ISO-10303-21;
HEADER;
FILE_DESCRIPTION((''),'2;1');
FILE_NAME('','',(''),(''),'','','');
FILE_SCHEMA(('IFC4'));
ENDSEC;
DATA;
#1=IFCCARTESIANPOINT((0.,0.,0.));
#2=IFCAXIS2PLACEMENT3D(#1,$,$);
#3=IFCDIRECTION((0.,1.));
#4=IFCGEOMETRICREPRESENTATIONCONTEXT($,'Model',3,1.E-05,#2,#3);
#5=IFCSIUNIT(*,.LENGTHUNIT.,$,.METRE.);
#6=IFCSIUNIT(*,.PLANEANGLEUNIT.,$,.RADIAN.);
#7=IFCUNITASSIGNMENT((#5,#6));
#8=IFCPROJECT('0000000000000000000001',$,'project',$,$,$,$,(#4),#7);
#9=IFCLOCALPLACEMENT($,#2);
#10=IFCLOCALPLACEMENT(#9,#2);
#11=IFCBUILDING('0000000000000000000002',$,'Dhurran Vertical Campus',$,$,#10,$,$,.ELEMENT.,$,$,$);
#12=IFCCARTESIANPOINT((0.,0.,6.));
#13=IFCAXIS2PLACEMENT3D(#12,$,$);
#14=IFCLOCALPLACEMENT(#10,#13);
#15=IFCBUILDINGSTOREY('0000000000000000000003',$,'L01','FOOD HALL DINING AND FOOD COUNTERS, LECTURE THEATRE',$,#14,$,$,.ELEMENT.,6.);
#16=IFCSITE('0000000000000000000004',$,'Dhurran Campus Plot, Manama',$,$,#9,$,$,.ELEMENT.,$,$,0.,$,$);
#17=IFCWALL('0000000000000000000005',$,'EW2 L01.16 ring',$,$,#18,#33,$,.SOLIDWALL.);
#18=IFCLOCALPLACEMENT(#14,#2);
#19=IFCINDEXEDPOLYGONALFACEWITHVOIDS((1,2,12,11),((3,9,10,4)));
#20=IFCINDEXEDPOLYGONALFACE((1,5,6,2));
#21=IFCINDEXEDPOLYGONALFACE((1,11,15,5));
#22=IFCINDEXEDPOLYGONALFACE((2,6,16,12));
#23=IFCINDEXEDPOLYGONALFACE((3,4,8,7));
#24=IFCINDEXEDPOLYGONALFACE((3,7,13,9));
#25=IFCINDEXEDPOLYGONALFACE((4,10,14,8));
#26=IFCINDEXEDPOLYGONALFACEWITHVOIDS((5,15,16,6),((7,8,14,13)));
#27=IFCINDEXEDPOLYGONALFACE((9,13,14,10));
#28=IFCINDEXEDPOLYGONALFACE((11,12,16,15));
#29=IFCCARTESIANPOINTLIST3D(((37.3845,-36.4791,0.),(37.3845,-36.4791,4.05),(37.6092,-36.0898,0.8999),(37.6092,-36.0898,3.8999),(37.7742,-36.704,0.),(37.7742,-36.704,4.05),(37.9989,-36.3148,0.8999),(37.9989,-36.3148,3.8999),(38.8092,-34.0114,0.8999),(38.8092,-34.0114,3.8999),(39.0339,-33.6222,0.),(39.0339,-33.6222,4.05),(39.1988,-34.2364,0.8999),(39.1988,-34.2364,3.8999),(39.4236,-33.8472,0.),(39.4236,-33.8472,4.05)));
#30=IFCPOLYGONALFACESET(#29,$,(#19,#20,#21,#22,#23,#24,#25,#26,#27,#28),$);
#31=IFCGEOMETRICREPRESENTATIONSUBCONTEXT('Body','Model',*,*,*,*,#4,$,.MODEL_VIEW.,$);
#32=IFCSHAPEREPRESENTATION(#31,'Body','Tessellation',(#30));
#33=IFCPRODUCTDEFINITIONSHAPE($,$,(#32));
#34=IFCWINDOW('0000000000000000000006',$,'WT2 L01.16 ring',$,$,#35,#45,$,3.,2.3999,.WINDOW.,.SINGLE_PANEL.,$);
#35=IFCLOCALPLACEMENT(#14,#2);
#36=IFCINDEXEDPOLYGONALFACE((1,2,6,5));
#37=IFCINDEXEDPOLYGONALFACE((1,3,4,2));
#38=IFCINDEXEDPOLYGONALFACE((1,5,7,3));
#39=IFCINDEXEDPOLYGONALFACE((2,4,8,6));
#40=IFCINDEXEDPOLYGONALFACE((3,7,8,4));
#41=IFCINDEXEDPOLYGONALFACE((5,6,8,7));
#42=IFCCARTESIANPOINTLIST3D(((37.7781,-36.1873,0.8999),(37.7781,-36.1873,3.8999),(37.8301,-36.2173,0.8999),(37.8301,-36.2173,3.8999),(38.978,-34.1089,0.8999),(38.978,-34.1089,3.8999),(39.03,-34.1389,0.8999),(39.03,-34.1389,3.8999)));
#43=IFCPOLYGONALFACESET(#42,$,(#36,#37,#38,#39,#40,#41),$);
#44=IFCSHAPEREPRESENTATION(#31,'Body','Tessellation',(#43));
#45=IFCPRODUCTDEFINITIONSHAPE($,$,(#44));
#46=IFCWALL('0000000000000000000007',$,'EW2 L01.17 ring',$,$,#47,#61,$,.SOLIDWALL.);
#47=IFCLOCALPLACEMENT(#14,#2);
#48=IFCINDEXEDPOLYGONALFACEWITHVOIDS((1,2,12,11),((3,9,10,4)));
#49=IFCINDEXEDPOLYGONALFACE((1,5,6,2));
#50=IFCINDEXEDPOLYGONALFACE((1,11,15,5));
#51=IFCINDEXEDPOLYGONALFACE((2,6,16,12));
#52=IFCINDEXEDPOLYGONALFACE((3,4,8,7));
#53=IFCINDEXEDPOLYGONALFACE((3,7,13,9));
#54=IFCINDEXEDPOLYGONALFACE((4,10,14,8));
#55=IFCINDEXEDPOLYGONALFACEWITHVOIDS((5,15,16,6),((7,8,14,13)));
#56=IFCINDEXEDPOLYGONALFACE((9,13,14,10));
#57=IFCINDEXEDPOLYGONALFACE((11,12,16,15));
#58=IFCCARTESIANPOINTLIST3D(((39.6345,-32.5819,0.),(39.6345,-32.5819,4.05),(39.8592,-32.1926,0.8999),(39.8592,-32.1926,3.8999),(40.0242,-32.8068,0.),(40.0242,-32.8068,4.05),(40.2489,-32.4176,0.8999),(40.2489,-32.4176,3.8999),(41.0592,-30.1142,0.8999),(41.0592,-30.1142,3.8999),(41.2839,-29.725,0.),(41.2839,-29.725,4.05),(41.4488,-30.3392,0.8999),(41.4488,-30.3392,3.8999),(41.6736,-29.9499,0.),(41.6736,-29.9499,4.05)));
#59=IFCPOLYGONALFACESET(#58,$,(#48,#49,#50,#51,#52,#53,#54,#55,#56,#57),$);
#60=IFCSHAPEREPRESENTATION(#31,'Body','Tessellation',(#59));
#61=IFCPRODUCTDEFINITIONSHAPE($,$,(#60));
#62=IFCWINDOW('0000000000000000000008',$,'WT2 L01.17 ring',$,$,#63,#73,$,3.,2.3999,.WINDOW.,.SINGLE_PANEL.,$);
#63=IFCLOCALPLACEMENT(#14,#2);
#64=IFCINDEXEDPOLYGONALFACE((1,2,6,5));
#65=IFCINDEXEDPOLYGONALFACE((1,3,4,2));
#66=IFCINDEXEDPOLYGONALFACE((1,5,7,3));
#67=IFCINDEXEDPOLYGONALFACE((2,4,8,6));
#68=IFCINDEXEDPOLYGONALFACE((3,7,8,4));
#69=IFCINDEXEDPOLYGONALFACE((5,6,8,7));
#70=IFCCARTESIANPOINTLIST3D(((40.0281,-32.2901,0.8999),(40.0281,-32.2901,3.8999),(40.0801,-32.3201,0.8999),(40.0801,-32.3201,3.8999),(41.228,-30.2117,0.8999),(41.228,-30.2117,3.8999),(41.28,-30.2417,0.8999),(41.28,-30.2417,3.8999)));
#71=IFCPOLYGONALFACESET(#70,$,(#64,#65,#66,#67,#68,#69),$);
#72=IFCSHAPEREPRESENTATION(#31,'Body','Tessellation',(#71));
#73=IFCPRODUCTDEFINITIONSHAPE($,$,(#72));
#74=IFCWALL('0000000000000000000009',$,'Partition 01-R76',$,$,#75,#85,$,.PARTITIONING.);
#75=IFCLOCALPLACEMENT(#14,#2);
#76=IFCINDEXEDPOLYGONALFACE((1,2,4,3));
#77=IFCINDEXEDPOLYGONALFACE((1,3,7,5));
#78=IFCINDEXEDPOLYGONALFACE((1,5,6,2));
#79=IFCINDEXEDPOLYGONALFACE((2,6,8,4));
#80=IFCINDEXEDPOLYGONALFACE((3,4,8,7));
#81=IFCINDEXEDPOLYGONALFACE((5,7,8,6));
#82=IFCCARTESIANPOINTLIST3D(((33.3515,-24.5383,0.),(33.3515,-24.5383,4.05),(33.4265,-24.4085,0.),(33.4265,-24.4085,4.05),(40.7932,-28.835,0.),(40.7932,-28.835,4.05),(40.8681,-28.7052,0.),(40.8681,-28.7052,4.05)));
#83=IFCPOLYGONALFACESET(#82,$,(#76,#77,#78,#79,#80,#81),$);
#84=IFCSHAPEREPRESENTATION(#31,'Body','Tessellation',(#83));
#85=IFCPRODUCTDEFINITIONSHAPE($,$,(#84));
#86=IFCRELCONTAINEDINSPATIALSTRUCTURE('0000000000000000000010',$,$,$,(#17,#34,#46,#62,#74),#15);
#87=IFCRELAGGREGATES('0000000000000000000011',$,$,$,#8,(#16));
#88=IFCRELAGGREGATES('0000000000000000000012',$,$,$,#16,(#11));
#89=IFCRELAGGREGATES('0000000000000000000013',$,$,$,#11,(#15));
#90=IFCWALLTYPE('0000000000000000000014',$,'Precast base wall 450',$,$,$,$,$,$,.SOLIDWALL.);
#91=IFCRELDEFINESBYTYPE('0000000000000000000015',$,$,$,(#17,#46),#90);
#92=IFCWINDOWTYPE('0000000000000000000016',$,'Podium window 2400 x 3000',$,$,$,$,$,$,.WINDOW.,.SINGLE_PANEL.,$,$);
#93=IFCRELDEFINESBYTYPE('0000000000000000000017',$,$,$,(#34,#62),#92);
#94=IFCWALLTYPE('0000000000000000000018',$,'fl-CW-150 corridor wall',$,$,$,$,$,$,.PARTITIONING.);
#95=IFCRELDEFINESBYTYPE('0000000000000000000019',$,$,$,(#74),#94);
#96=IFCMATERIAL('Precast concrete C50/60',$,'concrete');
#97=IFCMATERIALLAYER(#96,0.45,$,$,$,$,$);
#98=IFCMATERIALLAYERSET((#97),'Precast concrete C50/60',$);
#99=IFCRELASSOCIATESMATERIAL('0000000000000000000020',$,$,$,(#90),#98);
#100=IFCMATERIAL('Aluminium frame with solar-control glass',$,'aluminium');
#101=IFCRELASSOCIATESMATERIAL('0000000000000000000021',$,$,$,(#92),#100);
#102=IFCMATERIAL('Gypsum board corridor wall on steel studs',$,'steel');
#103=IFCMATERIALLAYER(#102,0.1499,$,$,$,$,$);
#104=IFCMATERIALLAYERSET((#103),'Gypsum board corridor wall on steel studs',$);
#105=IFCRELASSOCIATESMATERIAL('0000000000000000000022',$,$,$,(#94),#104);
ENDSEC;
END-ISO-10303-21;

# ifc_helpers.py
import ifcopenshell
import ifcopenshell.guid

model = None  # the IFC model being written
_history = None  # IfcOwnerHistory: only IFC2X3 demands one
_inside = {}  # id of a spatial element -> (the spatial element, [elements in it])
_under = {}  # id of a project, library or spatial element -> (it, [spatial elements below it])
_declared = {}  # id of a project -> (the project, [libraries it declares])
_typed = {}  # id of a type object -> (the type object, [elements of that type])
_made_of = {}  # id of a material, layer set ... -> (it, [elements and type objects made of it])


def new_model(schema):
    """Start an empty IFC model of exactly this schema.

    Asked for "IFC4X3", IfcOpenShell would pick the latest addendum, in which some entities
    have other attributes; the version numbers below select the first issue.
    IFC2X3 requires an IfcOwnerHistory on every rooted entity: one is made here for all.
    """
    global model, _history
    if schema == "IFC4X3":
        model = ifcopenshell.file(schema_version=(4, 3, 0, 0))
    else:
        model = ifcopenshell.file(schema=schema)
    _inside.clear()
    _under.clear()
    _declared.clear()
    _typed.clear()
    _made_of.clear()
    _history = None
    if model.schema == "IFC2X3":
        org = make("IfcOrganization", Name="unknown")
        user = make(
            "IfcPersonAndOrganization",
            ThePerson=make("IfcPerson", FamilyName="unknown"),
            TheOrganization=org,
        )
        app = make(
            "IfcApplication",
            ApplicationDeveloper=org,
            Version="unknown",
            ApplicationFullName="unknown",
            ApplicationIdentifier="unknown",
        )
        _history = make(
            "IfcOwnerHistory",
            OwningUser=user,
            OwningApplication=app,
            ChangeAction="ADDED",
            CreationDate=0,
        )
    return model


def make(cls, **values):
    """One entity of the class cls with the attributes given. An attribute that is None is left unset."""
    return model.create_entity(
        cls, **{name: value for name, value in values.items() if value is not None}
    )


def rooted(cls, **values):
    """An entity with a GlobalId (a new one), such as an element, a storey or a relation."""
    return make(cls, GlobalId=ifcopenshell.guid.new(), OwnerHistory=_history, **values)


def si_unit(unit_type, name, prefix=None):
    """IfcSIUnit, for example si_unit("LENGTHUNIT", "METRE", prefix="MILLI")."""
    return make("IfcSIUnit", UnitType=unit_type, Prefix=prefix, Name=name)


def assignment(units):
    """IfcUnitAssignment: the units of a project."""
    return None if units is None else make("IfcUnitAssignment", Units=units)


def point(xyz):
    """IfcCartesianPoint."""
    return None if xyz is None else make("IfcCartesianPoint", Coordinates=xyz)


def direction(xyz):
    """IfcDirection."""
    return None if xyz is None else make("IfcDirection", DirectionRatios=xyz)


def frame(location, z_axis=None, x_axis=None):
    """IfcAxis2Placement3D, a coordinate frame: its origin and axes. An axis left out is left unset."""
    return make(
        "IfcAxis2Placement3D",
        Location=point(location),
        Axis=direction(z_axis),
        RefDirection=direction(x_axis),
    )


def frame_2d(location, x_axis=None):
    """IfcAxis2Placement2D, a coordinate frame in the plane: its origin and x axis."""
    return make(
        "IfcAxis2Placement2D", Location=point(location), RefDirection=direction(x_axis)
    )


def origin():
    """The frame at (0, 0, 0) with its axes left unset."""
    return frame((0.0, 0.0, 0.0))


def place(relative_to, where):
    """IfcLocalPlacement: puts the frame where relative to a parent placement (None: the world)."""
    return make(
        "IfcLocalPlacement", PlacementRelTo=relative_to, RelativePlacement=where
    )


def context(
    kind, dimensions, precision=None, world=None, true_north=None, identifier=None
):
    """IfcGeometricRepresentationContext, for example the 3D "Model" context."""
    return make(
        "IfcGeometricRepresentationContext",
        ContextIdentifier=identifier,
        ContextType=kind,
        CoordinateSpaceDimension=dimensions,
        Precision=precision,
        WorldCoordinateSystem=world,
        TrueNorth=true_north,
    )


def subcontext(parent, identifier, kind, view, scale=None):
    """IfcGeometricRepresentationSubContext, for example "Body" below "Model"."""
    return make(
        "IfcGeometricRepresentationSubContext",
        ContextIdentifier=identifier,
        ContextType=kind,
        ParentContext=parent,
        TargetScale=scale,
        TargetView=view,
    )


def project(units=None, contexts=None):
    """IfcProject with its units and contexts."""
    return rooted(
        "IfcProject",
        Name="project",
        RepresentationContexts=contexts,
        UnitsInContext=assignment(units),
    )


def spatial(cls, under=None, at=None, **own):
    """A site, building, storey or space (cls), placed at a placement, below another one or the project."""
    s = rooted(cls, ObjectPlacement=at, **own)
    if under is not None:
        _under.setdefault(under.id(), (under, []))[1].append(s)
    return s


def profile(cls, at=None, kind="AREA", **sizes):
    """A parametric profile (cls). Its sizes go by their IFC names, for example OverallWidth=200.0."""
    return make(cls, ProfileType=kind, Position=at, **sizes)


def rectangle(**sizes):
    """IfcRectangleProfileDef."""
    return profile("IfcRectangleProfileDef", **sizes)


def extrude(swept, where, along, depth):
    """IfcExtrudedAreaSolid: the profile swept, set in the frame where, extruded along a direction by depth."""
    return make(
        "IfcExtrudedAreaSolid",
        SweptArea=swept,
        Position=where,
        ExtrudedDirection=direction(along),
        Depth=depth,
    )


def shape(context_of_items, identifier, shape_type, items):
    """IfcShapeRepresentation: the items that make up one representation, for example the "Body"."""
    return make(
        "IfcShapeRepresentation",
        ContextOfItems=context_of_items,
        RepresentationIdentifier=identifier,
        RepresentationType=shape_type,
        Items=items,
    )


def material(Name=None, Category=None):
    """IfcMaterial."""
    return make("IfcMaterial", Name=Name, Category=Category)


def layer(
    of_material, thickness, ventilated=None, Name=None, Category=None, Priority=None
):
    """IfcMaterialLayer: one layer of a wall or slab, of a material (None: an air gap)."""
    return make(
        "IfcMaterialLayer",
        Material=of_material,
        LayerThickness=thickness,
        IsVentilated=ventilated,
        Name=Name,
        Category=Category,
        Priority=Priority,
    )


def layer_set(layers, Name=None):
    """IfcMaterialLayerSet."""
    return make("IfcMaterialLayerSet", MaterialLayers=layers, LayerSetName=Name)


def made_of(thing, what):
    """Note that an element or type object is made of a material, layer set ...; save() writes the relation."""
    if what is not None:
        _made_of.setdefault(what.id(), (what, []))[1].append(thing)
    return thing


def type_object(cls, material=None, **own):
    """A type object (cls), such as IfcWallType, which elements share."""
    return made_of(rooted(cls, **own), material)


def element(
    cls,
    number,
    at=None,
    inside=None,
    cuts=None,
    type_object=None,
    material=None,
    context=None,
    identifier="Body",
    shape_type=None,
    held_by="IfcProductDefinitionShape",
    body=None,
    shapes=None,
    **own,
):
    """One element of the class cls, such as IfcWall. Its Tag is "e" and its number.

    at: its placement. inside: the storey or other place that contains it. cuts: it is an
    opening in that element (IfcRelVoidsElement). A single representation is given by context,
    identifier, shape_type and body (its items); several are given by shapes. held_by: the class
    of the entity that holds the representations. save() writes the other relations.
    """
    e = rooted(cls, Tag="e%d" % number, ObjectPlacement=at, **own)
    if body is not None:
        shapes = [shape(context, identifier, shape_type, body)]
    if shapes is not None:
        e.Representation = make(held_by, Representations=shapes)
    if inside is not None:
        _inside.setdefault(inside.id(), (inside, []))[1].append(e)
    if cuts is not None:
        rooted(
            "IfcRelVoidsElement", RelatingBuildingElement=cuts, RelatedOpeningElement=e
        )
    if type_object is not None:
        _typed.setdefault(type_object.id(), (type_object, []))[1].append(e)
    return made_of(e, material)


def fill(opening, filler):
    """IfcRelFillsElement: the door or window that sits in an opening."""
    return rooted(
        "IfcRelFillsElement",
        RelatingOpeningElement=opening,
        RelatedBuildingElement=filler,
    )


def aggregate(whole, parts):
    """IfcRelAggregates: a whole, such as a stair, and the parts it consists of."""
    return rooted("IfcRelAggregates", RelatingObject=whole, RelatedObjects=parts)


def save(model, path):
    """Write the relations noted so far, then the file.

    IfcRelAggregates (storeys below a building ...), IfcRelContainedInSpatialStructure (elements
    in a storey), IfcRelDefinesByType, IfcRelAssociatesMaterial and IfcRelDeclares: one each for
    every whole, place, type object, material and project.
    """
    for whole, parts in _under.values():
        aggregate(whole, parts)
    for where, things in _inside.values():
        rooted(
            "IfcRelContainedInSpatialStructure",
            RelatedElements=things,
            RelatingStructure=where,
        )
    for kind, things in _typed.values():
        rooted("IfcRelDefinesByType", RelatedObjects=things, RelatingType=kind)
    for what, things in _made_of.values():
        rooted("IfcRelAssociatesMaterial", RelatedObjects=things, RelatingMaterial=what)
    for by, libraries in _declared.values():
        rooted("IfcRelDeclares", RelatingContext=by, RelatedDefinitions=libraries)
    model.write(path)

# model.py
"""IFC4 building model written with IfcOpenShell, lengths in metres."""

from ifc_helpers import new_model, si_unit, direction, frame, frame_2d, origin, place, context, subcontext, project, spatial, rectangle, extrude, material, layer, layer_set, type_object, element, fill, save


model = new_model("IFC4")

# Units and contexts
model_context = context("Model", 3, precision=1e-05, world=origin(), true_north=direction((0.0, 1.0)))
body_context = subcontext(model_context, "Body", "Model", "MODEL_VIEW")
ifc_project = project(units=[si_unit("LENGTHUNIT", "METRE"), si_unit("PLANEANGLEUNIT", "RADIAN")], contexts=[model_context])

# Site, building, storey
site_placement = place(None, origin())
site = spatial("IfcSite", under=ifc_project, at=site_placement, Name="Dhurran Campus Plot, Manama", CompositionType="ELEMENT", RefElevation=0.0)
building_placement = place(site_placement, origin())
building = spatial("IfcBuilding", under=site, at=building_placement, Name="Dhurran Vertical Campus", CompositionType="ELEMENT")
storey_placement = place(building_placement, frame((0.0, 0.0, 6.0)))
storey = spatial("IfcBuildingStorey", under=building, at=storey_placement, Name="L01", Description="FOOD HALL DINING AND FOOD COUNTERS, LECTURE THEATRE", CompositionType="ELEMENT", Elevation=6.0)

# Walls, openings, windows
ifc_material_1 = material(Name="Precast concrete C50/60", Category="concrete")
ifc_layer_1 = layer(ifc_material_1, 0.45)
ifc_layer_set_1 = layer_set([ifc_layer_1], Name="Precast concrete C50/60")
wall_type_1 = type_object("IfcWallType", Name="Precast base wall 450", PredefinedType="SOLIDWALL", material=ifc_layer_set_1)
wall_1_placement = place(storey_placement, frame((37.5793, -36.5916, 0.0), z_axis=(0.0, 0.0, 1.0), x_axis=(0.499992, 0.86603, 0.0)))
wall_1 = element("IfcWall", 1, at=wall_1_placement, inside=storey, type_object=wall_type_1, Name="EW2 L01.16 ring", PredefinedType="SOLIDWALL", context=body_context, shape_type="SweptSolid", body=[
    extrude(rectangle(XDim=3.2988, YDim=0.45, at=frame_2d((1.6494, 0.0))), origin(), (0.0, 0.0, 1.0), 4.05),
])
opening_1_placement = place(wall_1_placement, frame((0.4495, 0.0, 0.8999)))
opening_1 = element("IfcOpeningElement", 2, at=opening_1_placement, cuts=wall_1, PredefinedType="OPENING", context=body_context, shape_type="SweptSolid", body=[
    extrude(rectangle(XDim=2.3999, YDim=3.0, at=frame_2d((1.2, 1.5))), frame((0.0, 0.2349, 0.0), z_axis=(0.0, -1.0, 0.0), x_axis=(1.0, 0.0, 0.0)), (0.0, 0.0, 1.0), 0.47),
])
ifc_material_2 = material(Name="Aluminium frame with solar-control glass", Category="aluminium")
window_type = type_object("IfcWindowType", Name="Podium window 2400 x 3000", PartitioningType="SINGLE_PANEL", PredefinedType="WINDOW", material=ifc_material_2)
window_1_placement = place(opening_1_placement, origin())
window_1 = element("IfcWindow", 3, at=window_1_placement, inside=storey, type_object=window_type, Name="WT2 L01.16 ring", OverallHeight=3.0, OverallWidth=2.3999, PartitioningType="SINGLE_PANEL", PredefinedType="WINDOW", context=body_context, shape_type="SweptSolid", body=[
    extrude(rectangle(XDim=2.3999, YDim=3.0, at=frame_2d((1.2, 1.5))), frame((0.0, 0.03, 0.0), z_axis=(0.0, -1.0, 0.0), x_axis=(1.0, 0.0, 0.0)), (0.0, 0.0, 1.0), 0.0601),
])
fill(opening_1, window_1)
wall_2_placement = place(storey_placement, frame((39.8293, -32.6943, 0.0), z_axis=(0.0, 0.0, 1.0), x_axis=(0.499992, 0.86603, 0.0)))
wall_2 = element("IfcWall", 4, at=wall_2_placement, inside=storey, type_object=wall_type_1, Name="EW2 L01.17 ring", PredefinedType="SOLIDWALL", context=body_context, shape_type="SweptSolid", body=[
    extrude(rectangle(XDim=3.2988, YDim=0.45, at=frame_2d((1.6494, 0.0))), origin(), (0.0, 0.0, 1.0), 4.05),
])
opening_2_placement = place(wall_2_placement, frame((0.4495, 0.0, 0.8999)))
opening_2 = element("IfcOpeningElement", 5, at=opening_2_placement, cuts=wall_2, PredefinedType="OPENING", context=body_context, shape_type="SweptSolid", body=[
    extrude(rectangle(XDim=2.3999, YDim=3.0, at=frame_2d((1.2, 1.5))), frame((0.0, 0.2349, 0.0), z_axis=(0.0, -1.0, 0.0), x_axis=(1.0, 0.0, 0.0)), (0.0, 0.0, 1.0), 0.47),
])
window_2_placement = place(opening_2_placement, origin())
window_2 = element("IfcWindow", 6, at=window_2_placement, inside=storey, type_object=window_type, Name="WT2 L01.17 ring", OverallHeight=3.0, OverallWidth=2.3999, PartitioningType="SINGLE_PANEL", PredefinedType="WINDOW", context=body_context, shape_type="SweptSolid", body=[
    extrude(rectangle(XDim=2.3999, YDim=3.0, at=frame_2d((1.2, 1.5))), frame((0.0, 0.03, 0.0), z_axis=(0.0, -1.0, 0.0), x_axis=(1.0, 0.0, 0.0)), (0.0, 0.0, 1.0), 0.0601),
])
fill(opening_2, window_2)

# Wall
ifc_material_3 = material(Name="Gypsum board corridor wall on steel studs", Category="steel")
ifc_layer_2 = layer(ifc_material_3, 0.1499)
ifc_layer_set_2 = layer_set([ifc_layer_2], Name="Gypsum board corridor wall on steel studs")
wall_type_2 = type_object("IfcWallType", Name="fl-CW-150 corridor wall", PredefinedType="PARTITIONING", material=ifc_layer_set_2)
wall_3_placement = place(storey_placement, frame((40.8306, -28.77, 0.0), z_axis=(0.0, 0.0, 1.0), x_axis=(-0.866016, 0.500017, 0.0)))
element("IfcWall", 7, at=wall_3_placement, inside=storey, type_object=wall_type_2, Name="Partition 01-R76", PredefinedType="PARTITIONING", context=body_context, shape_type="SweptSolid", body=[
    extrude(rectangle(XDim=8.593, YDim=0.1499, at=frame_2d((4.2964, 0.0))), origin(), (0.0, 0.0, 1.0), 4.05),
])

save(model, "model.ifc")
